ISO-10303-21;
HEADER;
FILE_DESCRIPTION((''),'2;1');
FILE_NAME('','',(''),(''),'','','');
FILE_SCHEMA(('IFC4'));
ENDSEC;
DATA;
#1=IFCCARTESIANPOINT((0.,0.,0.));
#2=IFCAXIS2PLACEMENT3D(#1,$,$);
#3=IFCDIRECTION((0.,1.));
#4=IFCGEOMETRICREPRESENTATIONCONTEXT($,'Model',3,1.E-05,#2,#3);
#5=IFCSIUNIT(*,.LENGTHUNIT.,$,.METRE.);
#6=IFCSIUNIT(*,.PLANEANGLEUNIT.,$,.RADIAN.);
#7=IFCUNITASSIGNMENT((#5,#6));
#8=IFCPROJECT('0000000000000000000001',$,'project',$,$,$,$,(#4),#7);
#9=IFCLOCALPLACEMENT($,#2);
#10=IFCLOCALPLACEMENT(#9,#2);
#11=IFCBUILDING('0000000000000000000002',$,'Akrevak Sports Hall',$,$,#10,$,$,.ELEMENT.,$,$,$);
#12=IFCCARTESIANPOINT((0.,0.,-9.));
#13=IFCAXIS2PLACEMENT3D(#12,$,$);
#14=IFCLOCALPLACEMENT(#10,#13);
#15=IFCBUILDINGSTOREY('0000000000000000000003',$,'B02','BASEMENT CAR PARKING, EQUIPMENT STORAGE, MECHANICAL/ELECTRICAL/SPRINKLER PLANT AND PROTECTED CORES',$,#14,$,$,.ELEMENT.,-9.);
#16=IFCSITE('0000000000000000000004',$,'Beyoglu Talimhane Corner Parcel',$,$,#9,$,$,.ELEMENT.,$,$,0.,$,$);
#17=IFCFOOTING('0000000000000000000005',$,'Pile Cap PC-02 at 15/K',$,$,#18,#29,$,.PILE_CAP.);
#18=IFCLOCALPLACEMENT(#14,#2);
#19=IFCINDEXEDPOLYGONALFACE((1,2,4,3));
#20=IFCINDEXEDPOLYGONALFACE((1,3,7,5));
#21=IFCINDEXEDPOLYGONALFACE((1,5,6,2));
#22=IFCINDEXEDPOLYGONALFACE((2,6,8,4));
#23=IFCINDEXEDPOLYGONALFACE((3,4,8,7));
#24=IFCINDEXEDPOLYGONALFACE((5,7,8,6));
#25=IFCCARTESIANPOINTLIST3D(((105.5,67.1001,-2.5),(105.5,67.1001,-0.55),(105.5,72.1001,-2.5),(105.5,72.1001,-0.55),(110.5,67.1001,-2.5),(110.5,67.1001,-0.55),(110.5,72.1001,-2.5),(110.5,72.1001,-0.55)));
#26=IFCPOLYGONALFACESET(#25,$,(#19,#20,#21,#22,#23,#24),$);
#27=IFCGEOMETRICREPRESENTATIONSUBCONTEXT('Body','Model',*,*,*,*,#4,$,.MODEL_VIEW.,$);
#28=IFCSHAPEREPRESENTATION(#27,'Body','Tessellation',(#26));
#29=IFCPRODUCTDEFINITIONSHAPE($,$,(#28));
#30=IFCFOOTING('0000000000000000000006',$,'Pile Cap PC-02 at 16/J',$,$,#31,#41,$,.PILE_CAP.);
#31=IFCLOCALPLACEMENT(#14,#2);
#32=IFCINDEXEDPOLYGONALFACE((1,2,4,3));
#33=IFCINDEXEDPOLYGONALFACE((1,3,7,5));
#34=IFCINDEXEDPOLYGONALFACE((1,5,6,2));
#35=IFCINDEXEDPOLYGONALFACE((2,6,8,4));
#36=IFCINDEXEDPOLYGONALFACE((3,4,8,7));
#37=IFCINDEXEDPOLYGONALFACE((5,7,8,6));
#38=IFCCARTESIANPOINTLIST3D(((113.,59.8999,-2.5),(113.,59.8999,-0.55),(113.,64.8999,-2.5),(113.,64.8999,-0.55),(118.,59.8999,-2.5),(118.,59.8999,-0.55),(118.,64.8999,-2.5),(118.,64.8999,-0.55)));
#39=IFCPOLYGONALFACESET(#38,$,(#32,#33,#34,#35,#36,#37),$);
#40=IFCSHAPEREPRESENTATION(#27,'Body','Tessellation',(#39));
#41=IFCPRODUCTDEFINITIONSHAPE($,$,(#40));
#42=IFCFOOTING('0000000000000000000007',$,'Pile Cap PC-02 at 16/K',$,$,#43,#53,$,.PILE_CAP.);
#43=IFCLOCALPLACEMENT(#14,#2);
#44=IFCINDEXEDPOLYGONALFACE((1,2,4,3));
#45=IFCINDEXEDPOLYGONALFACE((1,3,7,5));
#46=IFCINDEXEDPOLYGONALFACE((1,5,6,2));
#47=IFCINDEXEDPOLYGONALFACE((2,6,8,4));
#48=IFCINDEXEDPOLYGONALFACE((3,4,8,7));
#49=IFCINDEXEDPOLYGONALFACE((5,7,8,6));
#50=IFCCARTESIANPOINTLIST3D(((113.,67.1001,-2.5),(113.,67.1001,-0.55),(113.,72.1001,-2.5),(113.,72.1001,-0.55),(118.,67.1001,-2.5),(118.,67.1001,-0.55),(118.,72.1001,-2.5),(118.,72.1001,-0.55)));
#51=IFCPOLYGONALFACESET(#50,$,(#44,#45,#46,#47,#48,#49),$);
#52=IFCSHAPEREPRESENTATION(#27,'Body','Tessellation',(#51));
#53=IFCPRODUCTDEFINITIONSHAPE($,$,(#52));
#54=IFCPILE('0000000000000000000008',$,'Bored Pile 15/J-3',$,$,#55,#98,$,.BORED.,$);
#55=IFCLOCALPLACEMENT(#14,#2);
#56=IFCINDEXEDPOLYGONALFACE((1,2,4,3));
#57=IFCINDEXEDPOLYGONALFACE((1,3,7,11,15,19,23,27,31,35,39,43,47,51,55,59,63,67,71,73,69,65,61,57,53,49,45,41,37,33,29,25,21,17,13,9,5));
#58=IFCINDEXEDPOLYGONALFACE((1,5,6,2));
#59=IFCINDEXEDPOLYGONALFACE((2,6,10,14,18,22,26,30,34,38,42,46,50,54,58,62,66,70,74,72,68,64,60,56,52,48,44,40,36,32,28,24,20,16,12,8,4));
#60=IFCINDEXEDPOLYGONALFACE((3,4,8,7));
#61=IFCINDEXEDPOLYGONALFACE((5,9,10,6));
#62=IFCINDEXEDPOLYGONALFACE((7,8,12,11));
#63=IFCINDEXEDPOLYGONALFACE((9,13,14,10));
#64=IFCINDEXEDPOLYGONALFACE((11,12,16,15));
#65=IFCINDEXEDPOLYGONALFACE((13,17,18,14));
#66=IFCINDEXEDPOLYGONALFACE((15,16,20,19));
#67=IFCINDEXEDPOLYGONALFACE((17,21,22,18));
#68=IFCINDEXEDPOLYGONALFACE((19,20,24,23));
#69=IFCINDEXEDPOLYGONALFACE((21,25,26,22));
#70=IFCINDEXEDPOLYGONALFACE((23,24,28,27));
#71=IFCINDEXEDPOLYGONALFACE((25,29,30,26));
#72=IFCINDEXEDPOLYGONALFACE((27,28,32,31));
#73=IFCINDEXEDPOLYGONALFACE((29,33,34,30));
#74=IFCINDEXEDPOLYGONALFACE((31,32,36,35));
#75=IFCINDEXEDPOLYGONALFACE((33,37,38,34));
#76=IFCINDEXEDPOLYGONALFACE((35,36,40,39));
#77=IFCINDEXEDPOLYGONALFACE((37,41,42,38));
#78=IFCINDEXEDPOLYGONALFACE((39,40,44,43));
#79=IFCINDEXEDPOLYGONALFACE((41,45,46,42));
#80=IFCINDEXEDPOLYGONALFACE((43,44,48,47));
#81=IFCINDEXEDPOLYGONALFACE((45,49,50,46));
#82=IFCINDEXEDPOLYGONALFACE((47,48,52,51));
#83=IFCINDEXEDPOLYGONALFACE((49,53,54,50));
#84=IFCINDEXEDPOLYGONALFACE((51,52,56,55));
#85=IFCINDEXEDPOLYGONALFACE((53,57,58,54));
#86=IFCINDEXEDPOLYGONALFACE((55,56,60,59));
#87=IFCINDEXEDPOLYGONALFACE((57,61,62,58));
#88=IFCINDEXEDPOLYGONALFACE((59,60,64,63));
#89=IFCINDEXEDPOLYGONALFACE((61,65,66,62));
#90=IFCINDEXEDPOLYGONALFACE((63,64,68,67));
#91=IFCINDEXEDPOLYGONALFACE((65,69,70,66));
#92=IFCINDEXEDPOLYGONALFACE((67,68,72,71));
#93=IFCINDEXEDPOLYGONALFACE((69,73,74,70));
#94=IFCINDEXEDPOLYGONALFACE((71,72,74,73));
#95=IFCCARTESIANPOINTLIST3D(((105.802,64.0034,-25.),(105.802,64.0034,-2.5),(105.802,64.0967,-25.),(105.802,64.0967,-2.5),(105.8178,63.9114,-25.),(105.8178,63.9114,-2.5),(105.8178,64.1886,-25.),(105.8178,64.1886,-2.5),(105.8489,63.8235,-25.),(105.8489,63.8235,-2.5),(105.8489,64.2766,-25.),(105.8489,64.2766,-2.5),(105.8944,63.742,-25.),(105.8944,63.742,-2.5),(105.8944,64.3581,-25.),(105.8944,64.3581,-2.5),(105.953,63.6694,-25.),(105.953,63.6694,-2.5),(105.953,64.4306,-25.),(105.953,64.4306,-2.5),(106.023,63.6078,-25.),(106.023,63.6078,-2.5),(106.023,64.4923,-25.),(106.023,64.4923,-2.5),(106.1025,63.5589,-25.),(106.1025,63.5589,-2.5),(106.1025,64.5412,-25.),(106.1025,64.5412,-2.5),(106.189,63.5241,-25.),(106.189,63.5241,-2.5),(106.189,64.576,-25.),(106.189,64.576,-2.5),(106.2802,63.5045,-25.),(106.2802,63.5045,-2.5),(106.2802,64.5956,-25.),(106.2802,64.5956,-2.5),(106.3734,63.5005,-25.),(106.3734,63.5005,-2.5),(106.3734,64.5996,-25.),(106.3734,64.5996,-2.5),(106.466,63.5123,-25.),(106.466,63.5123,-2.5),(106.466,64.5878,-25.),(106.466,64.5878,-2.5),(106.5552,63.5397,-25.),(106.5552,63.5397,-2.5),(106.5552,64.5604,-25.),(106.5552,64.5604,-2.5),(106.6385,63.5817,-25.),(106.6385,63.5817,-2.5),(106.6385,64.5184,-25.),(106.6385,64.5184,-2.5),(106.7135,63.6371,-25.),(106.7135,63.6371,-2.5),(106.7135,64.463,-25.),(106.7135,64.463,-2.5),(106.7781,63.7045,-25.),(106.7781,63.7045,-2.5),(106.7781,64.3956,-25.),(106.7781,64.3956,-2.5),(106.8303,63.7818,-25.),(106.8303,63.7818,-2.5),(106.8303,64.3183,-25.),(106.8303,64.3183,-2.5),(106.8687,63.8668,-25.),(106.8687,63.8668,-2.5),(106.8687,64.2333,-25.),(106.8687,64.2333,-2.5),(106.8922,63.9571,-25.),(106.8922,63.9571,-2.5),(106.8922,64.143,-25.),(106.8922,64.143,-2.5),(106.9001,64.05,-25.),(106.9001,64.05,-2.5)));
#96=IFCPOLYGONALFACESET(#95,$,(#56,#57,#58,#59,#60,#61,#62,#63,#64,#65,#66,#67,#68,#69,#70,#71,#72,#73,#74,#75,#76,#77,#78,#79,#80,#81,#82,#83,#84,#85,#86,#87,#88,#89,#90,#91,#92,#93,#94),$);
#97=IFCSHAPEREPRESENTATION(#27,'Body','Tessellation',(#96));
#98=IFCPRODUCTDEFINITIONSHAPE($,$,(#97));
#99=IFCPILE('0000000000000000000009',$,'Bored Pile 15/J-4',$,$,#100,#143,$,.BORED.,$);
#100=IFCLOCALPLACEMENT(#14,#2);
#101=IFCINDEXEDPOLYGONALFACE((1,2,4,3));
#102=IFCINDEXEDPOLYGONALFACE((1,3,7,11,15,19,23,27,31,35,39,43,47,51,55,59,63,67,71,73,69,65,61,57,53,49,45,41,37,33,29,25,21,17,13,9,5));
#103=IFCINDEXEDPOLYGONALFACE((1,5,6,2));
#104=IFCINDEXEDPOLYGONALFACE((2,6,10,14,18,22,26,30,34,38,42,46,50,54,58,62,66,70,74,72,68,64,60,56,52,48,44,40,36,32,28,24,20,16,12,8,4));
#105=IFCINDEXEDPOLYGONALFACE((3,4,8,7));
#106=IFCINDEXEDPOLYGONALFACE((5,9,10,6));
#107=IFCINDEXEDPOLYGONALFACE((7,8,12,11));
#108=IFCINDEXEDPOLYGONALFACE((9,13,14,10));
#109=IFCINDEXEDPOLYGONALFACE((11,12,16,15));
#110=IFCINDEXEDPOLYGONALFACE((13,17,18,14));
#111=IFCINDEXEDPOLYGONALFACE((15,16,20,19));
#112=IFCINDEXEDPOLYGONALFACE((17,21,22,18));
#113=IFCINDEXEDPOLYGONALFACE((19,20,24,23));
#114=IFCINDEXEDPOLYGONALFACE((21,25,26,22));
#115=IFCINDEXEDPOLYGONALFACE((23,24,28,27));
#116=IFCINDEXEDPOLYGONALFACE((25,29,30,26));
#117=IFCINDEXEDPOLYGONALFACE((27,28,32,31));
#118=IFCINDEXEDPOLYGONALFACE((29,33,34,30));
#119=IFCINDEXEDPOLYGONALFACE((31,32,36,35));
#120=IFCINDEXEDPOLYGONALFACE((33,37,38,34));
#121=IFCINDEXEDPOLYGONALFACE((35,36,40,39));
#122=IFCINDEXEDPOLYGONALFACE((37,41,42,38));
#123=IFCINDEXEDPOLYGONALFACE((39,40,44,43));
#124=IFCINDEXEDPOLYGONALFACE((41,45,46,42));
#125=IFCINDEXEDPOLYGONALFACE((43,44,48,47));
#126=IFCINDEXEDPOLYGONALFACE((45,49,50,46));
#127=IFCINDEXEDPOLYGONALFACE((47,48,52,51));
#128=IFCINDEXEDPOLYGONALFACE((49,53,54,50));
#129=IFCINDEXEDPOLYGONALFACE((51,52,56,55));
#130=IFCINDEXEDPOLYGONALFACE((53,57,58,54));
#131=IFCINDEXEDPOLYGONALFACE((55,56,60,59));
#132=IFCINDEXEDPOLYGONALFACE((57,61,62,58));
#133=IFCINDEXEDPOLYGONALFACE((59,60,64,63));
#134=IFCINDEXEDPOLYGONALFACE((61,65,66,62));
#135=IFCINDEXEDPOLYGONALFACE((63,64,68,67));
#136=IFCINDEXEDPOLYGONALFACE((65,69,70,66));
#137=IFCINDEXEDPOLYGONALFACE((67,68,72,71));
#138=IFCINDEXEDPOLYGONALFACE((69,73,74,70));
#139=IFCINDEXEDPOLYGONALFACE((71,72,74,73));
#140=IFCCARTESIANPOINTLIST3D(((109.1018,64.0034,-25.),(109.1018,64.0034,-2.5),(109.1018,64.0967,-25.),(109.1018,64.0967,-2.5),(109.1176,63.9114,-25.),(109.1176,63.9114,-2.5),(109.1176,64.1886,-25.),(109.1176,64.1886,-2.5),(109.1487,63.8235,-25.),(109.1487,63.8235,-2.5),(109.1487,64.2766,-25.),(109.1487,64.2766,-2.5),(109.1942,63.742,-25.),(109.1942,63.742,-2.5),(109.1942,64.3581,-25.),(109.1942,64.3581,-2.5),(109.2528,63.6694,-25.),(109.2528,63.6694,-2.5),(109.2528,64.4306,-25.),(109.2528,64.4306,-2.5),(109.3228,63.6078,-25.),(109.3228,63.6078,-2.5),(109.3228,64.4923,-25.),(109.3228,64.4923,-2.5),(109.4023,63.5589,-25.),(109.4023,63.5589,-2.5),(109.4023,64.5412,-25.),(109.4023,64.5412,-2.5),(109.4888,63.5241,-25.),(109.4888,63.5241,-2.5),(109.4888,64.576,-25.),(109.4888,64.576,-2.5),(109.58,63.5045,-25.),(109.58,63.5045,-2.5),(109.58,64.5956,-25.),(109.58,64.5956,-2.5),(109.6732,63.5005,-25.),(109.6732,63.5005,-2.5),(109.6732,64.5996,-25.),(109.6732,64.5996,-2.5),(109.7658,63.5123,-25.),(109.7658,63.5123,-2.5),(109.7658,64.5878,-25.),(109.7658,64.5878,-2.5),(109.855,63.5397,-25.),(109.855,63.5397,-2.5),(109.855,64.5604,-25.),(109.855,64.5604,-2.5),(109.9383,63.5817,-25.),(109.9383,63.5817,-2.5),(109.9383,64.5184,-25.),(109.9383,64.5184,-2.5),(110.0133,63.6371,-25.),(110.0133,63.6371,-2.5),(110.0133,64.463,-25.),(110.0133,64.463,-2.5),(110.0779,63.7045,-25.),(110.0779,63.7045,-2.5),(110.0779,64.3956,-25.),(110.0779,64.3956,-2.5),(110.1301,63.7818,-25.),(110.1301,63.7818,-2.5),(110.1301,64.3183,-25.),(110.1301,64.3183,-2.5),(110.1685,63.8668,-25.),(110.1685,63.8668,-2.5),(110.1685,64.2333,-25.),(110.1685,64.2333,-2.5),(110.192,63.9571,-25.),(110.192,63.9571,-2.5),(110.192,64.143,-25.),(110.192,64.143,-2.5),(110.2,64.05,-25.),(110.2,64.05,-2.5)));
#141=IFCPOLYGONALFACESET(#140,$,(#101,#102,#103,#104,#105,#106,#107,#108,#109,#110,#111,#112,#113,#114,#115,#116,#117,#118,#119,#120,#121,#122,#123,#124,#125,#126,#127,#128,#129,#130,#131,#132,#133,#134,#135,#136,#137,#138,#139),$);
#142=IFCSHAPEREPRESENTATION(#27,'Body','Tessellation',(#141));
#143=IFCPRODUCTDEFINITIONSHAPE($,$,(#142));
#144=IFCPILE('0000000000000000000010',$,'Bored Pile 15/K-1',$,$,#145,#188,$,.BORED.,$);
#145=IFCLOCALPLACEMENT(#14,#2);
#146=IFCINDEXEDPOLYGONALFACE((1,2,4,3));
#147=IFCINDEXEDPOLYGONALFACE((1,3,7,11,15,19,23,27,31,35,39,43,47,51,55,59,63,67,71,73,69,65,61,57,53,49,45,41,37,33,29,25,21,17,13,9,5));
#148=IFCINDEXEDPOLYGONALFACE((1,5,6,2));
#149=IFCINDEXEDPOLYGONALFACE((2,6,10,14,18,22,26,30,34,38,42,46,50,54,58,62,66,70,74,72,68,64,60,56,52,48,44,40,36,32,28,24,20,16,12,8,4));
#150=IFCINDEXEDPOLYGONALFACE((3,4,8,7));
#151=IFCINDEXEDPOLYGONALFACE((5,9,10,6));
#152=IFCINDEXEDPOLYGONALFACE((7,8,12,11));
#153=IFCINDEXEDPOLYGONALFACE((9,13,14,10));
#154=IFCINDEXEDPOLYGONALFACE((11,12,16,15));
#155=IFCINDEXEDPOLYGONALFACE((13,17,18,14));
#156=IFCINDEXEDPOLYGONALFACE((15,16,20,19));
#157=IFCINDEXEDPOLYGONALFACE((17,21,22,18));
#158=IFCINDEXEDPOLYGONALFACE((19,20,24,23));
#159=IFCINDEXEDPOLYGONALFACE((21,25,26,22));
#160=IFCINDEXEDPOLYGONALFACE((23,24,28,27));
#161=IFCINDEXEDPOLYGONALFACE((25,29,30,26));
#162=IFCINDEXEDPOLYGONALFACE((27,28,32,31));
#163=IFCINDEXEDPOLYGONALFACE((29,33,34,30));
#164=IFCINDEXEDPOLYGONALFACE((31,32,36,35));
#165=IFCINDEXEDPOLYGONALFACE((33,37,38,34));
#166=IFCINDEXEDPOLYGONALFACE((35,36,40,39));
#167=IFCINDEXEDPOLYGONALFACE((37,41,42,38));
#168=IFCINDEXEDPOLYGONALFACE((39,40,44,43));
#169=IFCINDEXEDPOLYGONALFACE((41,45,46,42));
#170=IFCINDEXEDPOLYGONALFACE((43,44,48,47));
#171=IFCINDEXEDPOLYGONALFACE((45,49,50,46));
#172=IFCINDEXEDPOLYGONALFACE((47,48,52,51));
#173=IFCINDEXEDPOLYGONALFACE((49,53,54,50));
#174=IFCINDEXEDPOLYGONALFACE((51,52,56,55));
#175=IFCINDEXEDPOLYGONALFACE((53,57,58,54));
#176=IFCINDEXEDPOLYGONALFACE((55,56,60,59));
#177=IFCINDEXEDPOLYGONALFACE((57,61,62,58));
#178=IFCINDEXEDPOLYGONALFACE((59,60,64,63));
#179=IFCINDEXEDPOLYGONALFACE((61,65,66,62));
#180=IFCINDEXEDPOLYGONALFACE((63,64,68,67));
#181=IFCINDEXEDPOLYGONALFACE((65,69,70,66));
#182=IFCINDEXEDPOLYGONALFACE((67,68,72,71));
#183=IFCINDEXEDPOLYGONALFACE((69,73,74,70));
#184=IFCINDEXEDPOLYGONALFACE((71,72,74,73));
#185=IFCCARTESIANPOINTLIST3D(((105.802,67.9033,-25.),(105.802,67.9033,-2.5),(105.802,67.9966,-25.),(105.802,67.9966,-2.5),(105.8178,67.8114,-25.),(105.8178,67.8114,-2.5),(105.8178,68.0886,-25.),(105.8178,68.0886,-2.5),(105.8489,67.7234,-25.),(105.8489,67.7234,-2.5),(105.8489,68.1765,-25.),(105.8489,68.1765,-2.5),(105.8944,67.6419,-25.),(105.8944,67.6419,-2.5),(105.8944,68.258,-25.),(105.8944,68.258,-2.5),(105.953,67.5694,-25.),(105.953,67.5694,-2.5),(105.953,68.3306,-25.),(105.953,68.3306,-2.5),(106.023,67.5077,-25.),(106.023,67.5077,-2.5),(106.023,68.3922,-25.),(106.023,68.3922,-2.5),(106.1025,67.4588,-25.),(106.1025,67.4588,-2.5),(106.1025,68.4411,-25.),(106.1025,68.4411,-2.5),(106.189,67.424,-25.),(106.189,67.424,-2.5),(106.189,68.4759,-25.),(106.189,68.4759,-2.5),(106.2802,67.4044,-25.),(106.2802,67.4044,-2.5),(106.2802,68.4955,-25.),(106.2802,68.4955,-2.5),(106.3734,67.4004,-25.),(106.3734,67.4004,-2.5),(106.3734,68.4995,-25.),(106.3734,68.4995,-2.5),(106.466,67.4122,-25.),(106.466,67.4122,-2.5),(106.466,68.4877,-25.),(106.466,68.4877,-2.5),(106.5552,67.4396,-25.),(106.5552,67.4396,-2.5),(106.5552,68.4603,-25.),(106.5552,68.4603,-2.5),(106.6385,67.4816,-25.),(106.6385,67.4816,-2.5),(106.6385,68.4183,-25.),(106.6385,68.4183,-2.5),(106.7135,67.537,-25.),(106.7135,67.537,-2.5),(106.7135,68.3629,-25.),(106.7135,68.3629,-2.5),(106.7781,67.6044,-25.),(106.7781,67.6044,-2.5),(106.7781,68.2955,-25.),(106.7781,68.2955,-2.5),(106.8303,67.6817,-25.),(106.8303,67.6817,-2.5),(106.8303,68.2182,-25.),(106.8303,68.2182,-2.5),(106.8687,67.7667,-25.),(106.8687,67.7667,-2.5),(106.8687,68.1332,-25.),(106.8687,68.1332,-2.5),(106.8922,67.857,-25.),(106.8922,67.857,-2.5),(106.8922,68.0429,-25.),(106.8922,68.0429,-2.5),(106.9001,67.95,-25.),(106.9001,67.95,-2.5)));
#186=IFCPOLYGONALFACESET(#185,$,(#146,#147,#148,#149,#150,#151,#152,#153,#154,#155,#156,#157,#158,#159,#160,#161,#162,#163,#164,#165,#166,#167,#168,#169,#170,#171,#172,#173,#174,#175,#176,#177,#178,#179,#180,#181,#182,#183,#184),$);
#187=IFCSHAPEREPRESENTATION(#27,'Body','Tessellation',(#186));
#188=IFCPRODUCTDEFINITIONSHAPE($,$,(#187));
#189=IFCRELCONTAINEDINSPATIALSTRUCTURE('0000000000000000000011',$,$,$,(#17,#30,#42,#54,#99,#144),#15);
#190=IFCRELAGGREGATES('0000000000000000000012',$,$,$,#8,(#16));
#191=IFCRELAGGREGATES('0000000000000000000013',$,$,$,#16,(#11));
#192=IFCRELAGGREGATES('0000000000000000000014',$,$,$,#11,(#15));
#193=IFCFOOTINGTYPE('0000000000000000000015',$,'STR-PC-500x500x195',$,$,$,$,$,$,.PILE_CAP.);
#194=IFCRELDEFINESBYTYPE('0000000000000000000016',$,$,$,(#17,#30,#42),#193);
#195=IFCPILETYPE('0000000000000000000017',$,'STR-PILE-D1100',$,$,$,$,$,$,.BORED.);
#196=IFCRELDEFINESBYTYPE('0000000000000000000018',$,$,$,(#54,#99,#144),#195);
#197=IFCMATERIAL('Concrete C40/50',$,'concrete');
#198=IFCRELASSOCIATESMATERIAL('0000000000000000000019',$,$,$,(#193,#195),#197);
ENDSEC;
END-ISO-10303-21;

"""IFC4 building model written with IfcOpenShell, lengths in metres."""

from ifc_helpers import new_model, si_unit, direction, frame, origin, origin_2d, place, context, subcontext, project, spatial, rectangle, circle, extrude, material, material_profile, profile_set, type_object, element, save


model = new_model("IFC4")

# Units and contexts
model_context = context("Model", 3, precision=1e-05, world=origin(), true_north=direction((0.0, 1.0)))
body_context = subcontext(model_context, "Body", "Model", "MODEL_VIEW")
ifc_project = project(units=[si_unit("LENGTHUNIT", "METRE"), si_unit("PLANEANGLEUNIT", "RADIAN")], contexts=[model_context])

# Site, building, storey
site_placement = place(None, origin())
site = spatial("IfcSite", under=ifc_project, at=site_placement, Name="Beyoglu Talimhane Corner Parcel", CompositionType="ELEMENT", RefElevation=0.0)
building_placement = place(site_placement, origin())
building = spatial("IfcBuilding", under=site, at=building_placement, Name="Akrevak Sports Hall", CompositionType="ELEMENT")
storey_placement = place(building_placement, frame((0.0, 0.0, -9.0)))
storey = spatial("IfcBuildingStorey", under=building, at=storey_placement, Name="B02", Description="BASEMENT CAR PARKING, EQUIPMENT STORAGE, MECHANICAL/ELECTRICAL/SPRINKLER PLANT AND PROTECTED CORES", CompositionType="ELEMENT", Elevation=-9.0)

# Footings
ifc_material_1 = material(Name="Concrete C40/50", Category="concrete")
footing_type = type_object("IfcFootingType", Name="STR-PC-500x500x195", PredefinedType="PILE_CAP", material=ifc_material_1)
for number, where, z_axis, x_axis, name in (
    (1, (108.0, 69.6001, -2.5), (0.0, 0.0, 1.0), (1.0, 0.0, 0.0), "Pile Cap PC-02 at 15/K"),
    (2, (115.5, 62.3999, -2.5), (0.0, 0.0, 1.0), (1.0, 0.0, 0.0), "Pile Cap PC-02 at 16/J"),
    (3, (115.5, 69.6001, -2.5), (0.0, 0.0, 1.0), (1.0, 0.0, 0.0), "Pile Cap PC-02 at 16/K"),
):
    element("IfcFooting", number, at=place(storey_placement, frame(where, z_axis=z_axis, x_axis=x_axis)), inside=storey, type_object=footing_type, Name=name, PredefinedType="PILE_CAP", context=body_context, shape_type="SweptSolid", body=[
        extrude(rectangle(XDim=5.0, YDim=5.0, at=origin_2d()), origin(), (0.0, 0.0, 1.0), 1.95),
    ])

# Piles
ifc_material_profile_1 = material_profile(ifc_material_1, circle(Radius=0.55, at=origin_2d()), Name="BORED PILE D1100", Category="concrete")
ifc_profile_set_1 = profile_set([ifc_material_profile_1], Name="Concrete C40/50")
pile_type = type_object("IfcPileType", Name="STR-PILE-D1100", PredefinedType="BORED", material=ifc_profile_set_1)
for number, where, z_axis, x_axis, name in (
    (4, (106.3501, 64.05, -2.5), (0.0, 0.0, -1.0), (1.0, 0.0, 0.0), "Bored Pile 15/J-3"),
    (5, (109.6499, 64.05, -2.5), (0.0, 0.0, -1.0), (1.0, 0.0, 0.0), "Bored Pile 15/J-4"),
    (6, (106.3501, 67.95, -2.5), (0.0, 0.0, -1.0), (1.0, 0.0, 0.0), "Bored Pile 15/K-1"),
):
    element("IfcPile", number, at=place(storey_placement, frame(where, z_axis=z_axis, x_axis=x_axis)), inside=storey, type_object=pile_type, Name=name, PredefinedType="BORED", context=body_context, shape_type="SweptSolid", body=[
        extrude(circle(Radius=0.55, at=origin_2d()), origin(), (0.0, 0.0, 1.0), 22.5),
    ])

save(model, "model.ifc")
